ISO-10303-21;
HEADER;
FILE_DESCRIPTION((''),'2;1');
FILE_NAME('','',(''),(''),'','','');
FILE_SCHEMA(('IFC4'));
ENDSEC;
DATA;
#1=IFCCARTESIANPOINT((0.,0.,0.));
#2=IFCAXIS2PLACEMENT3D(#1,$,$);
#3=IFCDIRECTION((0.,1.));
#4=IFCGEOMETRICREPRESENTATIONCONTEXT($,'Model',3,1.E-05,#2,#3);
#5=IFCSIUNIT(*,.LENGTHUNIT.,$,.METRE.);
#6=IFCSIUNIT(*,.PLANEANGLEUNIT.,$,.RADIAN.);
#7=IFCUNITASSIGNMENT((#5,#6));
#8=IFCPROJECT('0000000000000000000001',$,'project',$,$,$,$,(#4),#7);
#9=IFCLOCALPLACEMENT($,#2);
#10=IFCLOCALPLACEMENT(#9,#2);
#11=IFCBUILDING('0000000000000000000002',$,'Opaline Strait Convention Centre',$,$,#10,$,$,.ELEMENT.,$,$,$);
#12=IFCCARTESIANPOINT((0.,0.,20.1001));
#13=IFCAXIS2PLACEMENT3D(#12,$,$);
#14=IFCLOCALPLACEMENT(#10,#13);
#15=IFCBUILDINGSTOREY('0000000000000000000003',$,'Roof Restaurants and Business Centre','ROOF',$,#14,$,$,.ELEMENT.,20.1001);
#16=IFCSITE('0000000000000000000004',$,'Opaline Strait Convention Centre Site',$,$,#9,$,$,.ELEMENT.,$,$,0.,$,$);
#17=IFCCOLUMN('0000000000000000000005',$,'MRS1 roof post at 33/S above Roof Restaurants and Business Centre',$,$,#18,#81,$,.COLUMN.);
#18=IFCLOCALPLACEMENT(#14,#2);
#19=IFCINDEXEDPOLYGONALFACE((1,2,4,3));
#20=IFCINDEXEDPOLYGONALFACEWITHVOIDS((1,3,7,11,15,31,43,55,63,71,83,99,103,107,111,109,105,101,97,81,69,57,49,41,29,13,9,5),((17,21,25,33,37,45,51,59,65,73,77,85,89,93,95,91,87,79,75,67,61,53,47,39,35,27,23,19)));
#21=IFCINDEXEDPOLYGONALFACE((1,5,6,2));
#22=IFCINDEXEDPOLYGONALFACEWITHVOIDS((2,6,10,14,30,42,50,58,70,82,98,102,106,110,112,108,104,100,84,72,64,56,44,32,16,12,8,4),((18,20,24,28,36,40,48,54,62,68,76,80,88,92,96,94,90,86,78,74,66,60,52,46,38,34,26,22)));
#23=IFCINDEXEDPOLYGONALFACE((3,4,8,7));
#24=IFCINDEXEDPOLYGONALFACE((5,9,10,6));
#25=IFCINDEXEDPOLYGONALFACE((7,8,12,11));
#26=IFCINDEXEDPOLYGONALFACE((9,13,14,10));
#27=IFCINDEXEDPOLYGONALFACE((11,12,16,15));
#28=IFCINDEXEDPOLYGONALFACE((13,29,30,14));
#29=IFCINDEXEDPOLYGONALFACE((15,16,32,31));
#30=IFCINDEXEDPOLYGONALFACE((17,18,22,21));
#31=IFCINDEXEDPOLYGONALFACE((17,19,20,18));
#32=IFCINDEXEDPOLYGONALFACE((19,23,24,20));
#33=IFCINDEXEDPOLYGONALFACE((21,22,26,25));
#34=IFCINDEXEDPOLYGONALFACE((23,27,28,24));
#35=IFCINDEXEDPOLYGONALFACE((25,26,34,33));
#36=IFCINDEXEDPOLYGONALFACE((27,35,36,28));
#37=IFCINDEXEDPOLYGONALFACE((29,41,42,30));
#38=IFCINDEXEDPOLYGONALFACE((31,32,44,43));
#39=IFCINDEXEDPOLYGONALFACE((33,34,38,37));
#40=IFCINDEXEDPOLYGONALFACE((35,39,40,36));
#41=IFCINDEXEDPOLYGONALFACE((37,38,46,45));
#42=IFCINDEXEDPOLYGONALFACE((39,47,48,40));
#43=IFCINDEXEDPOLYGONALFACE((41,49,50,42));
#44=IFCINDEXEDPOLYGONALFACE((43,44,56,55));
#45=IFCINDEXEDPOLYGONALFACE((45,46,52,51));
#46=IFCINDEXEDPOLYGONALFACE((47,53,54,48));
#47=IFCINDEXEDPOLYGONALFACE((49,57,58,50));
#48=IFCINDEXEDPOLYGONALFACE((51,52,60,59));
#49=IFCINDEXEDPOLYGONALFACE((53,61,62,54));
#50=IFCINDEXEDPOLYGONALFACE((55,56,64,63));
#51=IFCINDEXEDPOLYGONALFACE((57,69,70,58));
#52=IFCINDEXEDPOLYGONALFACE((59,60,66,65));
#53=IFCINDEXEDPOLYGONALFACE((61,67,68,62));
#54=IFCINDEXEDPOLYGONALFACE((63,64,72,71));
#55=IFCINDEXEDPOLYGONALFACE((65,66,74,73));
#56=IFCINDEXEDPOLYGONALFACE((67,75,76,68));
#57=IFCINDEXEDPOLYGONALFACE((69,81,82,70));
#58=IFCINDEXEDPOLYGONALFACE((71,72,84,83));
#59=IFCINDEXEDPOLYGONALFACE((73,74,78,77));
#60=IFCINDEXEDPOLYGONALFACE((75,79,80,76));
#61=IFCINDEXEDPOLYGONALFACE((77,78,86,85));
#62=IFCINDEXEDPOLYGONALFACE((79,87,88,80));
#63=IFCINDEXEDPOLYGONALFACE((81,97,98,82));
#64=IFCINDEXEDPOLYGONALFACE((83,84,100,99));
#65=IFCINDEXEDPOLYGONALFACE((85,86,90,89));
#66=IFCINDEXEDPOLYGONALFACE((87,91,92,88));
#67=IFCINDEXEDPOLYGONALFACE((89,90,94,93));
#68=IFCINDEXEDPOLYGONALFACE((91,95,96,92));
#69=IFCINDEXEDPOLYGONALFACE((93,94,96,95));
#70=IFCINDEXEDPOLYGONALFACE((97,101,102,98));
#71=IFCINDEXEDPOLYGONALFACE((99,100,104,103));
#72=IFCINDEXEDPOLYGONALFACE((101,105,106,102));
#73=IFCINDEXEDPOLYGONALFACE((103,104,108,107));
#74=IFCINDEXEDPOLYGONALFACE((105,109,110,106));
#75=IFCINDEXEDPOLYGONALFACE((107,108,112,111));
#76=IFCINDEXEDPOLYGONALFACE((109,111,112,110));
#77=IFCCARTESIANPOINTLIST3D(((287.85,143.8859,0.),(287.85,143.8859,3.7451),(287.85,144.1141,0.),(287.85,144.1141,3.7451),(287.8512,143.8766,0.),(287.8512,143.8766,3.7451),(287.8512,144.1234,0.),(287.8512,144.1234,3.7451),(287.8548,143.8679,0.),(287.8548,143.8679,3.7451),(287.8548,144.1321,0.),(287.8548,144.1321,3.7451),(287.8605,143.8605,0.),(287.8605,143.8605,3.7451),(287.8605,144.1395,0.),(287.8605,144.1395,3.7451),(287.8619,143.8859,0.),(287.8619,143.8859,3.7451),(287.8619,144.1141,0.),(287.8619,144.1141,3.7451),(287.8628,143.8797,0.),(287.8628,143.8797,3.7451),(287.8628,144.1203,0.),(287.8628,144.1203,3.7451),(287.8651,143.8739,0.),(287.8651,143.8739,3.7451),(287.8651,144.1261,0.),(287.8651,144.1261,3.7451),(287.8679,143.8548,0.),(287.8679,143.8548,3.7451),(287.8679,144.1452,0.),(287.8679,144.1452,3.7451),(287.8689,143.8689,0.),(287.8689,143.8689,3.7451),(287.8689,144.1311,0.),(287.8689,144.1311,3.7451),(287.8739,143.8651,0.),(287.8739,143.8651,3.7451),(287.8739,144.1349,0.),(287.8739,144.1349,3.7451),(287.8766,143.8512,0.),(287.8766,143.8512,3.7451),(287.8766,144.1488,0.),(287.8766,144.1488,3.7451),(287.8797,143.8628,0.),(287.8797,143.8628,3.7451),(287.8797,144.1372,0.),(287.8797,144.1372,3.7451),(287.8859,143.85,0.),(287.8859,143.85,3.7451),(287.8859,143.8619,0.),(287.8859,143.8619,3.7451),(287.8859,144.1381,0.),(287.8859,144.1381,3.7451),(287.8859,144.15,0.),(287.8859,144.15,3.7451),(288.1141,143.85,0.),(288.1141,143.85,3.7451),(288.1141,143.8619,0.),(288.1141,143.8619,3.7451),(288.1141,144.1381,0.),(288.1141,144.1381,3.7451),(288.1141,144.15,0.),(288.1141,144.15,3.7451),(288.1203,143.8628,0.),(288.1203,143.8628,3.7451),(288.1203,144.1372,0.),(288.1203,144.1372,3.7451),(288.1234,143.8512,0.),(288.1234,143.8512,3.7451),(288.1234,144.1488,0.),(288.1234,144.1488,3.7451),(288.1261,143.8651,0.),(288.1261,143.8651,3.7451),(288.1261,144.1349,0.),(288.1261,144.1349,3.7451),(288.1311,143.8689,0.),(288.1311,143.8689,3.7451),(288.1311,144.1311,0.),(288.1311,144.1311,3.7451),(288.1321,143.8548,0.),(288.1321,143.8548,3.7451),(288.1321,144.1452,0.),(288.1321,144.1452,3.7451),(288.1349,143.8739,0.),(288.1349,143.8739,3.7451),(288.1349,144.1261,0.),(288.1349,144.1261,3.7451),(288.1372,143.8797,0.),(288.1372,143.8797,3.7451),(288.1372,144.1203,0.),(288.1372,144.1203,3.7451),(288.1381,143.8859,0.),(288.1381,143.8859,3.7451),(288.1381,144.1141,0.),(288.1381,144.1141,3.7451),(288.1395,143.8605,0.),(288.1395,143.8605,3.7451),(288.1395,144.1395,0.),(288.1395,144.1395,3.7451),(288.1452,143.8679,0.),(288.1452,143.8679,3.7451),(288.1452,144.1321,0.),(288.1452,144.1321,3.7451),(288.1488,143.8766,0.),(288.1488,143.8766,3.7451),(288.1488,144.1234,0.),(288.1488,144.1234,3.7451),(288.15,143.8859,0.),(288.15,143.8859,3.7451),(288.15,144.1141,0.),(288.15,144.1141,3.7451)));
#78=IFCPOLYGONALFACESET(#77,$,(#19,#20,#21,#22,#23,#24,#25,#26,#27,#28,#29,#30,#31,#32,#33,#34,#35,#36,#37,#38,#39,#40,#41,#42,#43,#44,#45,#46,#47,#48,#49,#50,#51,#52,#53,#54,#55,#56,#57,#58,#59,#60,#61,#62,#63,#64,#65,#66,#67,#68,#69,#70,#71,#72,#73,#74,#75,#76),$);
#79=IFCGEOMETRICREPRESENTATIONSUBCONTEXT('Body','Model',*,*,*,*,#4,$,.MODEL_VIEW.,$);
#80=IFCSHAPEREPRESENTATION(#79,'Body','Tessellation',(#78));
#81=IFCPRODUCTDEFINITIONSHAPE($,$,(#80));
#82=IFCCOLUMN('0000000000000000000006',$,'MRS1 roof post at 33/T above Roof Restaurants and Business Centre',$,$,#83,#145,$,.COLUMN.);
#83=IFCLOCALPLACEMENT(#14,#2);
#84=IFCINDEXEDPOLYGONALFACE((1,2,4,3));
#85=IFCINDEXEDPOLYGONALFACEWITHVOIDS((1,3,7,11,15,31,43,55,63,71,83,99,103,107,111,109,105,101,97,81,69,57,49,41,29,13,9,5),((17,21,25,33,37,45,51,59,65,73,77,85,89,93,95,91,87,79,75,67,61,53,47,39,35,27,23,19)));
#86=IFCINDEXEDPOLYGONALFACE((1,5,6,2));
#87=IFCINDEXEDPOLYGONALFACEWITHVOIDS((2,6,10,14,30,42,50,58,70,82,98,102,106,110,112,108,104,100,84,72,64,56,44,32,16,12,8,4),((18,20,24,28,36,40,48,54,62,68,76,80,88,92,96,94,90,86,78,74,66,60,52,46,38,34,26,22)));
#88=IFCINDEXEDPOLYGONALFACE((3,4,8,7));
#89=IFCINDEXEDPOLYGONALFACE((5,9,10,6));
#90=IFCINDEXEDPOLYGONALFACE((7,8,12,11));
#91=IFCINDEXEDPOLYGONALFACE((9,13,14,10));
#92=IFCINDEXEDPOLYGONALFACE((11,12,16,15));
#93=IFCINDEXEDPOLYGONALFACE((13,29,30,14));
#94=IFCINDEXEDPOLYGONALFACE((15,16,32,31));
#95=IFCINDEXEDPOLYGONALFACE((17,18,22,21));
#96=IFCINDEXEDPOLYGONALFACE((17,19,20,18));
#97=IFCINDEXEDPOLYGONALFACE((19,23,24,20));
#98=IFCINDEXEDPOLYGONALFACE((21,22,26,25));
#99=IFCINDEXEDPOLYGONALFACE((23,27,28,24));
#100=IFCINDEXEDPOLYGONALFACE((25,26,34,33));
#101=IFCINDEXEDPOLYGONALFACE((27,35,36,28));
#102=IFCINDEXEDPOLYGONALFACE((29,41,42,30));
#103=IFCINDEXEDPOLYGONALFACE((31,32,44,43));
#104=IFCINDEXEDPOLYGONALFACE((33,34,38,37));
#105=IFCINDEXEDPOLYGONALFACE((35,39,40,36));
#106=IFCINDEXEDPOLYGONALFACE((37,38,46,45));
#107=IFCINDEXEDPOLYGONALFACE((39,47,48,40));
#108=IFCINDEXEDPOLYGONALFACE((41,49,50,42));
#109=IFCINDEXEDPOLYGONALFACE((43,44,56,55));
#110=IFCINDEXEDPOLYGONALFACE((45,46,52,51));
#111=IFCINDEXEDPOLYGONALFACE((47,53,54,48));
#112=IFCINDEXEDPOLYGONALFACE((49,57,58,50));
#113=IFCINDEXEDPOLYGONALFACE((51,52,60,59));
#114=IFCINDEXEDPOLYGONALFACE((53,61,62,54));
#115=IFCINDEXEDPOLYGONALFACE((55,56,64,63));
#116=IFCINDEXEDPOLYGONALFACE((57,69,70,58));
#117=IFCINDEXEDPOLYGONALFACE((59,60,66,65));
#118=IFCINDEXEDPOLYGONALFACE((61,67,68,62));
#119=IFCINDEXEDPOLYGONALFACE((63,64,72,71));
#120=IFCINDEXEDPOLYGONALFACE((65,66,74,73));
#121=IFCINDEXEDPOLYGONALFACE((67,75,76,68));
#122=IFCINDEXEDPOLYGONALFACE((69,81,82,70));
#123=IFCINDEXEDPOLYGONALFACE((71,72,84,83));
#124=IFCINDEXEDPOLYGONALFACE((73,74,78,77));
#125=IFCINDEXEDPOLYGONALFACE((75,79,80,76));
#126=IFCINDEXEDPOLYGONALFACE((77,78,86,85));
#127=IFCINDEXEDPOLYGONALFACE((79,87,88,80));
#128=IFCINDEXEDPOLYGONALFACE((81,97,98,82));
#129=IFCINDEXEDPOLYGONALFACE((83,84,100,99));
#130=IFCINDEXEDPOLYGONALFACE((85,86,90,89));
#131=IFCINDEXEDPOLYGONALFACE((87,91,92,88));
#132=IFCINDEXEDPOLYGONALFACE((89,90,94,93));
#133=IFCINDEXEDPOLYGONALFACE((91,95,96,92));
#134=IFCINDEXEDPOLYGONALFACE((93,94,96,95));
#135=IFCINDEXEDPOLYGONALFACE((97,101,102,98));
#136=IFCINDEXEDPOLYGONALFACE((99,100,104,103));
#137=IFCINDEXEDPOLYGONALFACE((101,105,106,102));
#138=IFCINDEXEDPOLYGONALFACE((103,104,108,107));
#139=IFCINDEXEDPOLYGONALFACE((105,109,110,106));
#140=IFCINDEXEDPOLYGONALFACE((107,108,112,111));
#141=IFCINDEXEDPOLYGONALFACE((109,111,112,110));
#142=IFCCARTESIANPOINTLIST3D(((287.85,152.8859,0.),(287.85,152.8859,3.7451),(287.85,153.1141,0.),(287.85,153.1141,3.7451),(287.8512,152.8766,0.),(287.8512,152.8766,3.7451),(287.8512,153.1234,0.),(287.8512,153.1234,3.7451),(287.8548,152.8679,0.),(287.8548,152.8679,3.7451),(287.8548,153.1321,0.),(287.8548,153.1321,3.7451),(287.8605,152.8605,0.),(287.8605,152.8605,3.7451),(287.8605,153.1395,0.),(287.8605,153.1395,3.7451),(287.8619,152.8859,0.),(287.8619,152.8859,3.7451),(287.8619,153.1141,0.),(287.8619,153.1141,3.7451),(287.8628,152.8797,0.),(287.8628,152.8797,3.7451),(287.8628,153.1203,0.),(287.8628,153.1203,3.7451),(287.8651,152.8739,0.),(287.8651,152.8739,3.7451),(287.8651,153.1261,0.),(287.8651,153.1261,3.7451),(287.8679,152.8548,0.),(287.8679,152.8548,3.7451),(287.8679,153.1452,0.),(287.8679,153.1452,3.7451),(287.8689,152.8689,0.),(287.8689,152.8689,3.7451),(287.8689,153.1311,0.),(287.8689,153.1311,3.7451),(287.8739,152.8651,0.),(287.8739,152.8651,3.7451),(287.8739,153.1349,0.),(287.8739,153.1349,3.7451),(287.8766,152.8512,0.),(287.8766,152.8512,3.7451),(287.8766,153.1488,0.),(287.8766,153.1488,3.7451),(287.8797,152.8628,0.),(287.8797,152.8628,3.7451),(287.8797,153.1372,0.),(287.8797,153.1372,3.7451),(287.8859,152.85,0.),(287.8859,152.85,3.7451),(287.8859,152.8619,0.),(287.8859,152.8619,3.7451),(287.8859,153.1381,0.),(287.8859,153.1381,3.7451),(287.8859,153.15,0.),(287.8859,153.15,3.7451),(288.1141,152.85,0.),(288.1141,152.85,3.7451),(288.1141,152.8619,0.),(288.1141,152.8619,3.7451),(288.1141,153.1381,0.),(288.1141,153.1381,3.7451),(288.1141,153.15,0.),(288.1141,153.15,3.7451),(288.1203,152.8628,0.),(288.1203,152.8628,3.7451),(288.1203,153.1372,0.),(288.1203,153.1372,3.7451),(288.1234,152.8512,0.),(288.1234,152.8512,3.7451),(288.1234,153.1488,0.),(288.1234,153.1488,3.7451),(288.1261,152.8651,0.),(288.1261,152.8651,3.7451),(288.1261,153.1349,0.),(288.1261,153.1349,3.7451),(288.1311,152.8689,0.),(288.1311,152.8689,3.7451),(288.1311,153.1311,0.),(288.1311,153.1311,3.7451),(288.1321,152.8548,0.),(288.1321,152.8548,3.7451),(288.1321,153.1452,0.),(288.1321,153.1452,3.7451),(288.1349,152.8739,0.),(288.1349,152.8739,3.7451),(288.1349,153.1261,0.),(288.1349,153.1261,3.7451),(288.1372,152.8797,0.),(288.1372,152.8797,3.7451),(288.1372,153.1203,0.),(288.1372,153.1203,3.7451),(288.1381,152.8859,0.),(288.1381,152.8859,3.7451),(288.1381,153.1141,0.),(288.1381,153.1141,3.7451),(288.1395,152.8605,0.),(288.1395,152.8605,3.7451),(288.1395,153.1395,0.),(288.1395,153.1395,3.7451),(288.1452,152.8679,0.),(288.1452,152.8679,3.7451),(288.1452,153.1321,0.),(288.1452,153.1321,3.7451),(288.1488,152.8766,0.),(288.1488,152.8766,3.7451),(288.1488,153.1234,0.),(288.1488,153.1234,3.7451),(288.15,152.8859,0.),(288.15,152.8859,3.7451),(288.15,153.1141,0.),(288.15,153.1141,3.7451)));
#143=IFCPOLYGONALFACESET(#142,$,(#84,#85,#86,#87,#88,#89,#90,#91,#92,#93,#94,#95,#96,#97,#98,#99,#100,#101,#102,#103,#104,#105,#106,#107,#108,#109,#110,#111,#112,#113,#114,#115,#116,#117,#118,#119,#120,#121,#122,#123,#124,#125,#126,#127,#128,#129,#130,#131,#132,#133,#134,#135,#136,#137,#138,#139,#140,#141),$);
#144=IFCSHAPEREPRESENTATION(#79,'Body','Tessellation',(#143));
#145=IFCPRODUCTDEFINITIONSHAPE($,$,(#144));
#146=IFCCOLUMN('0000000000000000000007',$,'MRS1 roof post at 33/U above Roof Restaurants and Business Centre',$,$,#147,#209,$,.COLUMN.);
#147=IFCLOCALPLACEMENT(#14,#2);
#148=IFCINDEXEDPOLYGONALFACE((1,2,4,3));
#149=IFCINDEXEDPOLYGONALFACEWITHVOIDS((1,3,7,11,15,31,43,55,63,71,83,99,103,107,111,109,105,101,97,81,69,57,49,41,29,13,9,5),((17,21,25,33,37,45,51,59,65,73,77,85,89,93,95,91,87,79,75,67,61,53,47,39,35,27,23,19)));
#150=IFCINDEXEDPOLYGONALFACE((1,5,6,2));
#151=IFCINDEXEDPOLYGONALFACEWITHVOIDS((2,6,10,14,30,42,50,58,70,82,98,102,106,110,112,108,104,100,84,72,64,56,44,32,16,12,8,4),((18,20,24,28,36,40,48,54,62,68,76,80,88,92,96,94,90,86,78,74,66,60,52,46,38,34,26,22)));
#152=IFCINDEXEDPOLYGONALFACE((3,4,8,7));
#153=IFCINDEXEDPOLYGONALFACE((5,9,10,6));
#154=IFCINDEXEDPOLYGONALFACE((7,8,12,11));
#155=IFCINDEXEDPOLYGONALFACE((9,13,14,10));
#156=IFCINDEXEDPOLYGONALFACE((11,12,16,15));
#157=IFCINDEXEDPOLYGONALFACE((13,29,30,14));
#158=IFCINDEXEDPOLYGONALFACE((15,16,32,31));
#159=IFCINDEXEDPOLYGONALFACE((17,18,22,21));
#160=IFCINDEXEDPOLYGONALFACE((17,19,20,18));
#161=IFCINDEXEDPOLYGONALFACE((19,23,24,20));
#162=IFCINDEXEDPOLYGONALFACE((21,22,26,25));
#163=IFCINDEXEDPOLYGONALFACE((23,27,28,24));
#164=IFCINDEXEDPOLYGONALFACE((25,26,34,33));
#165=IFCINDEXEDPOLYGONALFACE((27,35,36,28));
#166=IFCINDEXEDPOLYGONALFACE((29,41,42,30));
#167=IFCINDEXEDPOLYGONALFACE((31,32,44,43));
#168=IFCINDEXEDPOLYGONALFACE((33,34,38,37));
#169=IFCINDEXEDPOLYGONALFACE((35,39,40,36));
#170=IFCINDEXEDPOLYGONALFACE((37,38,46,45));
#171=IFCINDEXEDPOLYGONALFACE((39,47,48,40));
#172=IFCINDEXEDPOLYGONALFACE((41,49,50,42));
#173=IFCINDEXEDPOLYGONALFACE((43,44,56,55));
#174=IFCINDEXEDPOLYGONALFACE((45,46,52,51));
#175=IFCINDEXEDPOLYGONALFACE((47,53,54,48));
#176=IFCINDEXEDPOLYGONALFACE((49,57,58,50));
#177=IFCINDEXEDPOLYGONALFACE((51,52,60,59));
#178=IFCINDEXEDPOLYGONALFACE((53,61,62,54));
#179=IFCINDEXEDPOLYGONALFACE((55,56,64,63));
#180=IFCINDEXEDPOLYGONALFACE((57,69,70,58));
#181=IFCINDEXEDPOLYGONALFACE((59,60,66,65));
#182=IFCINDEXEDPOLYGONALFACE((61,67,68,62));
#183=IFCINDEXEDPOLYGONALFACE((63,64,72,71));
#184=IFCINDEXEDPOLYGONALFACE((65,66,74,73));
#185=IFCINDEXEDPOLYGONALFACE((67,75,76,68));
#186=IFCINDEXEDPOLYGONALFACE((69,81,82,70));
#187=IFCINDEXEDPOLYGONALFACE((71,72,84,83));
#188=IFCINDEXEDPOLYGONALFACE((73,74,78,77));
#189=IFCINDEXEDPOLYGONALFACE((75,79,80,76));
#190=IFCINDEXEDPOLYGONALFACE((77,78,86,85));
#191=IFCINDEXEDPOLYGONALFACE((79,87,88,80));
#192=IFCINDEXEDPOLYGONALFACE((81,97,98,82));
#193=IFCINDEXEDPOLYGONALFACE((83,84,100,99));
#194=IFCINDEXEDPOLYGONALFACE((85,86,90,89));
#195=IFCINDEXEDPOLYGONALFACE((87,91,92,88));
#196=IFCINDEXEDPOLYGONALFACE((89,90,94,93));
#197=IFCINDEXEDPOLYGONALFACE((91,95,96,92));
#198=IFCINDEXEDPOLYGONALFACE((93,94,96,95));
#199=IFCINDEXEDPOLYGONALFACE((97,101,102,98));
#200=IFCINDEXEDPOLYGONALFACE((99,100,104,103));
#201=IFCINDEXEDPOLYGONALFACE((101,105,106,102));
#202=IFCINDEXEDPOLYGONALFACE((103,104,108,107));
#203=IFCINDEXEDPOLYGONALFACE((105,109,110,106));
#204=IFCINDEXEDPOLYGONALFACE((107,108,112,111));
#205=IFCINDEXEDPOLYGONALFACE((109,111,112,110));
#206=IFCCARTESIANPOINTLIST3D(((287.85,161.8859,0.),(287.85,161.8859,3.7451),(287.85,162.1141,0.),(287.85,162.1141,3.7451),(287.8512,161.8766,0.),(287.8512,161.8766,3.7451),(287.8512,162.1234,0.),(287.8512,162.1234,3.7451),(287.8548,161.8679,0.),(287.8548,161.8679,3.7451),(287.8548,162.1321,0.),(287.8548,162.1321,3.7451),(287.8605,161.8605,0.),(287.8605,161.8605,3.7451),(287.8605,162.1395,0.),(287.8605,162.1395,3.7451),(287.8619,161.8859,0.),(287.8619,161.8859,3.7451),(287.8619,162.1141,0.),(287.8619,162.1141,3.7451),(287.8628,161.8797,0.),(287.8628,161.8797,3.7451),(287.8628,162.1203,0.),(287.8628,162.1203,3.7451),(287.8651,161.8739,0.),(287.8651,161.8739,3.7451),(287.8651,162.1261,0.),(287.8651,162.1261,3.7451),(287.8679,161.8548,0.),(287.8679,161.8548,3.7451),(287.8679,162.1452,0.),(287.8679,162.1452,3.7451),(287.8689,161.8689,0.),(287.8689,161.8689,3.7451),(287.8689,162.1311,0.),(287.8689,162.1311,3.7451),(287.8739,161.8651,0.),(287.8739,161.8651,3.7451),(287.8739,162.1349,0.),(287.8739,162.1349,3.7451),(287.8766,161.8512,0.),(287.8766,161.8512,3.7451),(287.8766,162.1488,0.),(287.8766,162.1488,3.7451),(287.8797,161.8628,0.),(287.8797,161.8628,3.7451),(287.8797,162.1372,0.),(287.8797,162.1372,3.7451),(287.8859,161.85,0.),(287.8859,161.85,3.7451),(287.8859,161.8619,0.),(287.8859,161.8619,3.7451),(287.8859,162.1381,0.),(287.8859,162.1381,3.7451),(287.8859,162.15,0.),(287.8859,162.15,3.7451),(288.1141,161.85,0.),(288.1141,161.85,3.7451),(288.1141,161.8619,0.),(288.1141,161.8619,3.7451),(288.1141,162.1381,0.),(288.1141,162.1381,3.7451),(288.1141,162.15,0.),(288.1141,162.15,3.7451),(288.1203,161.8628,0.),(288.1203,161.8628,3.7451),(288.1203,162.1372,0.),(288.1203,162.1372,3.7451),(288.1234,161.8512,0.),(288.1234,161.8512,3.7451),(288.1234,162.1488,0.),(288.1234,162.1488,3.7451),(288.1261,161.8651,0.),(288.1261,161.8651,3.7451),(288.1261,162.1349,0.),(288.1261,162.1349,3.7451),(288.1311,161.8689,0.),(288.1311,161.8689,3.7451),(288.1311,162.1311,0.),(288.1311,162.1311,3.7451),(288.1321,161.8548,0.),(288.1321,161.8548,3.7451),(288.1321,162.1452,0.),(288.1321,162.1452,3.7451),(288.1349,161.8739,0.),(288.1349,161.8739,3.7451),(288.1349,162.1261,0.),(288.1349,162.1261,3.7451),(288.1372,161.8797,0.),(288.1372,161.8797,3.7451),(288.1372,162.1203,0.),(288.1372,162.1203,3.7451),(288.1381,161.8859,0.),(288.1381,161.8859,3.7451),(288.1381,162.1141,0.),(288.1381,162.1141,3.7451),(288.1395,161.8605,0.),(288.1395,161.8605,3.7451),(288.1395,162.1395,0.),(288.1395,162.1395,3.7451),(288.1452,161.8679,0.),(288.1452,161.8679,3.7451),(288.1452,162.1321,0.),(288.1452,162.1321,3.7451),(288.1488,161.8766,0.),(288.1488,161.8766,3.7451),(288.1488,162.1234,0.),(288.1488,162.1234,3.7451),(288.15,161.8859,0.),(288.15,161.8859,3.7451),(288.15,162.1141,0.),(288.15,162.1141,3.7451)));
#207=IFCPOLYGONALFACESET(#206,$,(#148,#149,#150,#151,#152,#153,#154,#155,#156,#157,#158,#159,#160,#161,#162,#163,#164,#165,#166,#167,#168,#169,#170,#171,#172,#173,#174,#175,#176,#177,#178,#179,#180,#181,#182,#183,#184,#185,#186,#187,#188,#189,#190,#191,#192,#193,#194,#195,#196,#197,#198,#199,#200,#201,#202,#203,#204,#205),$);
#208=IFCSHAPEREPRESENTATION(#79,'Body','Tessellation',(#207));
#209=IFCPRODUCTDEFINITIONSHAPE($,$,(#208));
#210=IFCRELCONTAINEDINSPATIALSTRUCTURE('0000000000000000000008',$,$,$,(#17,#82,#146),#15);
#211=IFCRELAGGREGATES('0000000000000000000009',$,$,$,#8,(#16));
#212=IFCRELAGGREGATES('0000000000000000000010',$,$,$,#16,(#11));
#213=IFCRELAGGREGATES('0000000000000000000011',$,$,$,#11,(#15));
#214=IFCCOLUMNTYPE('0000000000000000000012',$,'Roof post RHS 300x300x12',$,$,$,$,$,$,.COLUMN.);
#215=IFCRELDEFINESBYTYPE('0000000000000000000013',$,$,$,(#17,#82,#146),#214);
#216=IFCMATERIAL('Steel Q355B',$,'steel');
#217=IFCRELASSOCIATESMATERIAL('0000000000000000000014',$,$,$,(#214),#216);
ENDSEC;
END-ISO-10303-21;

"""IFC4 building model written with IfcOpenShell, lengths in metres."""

from ifc_helpers import new_model, si_unit, direction, frame, origin, origin_2d, place, context, subcontext, project, spatial, hollow_rectangle, extrude, material, material_profile, profile_set, type_object, element, save


model = new_model("IFC4")

# Units and contexts
model_context = context("Model", 3, precision=1e-05, world=origin(), true_north=direction((0.0, 1.0)))
body_context = subcontext(model_context, "Body", "Model", "MODEL_VIEW")
ifc_project = project(units=[si_unit("LENGTHUNIT", "METRE"), si_unit("PLANEANGLEUNIT", "RADIAN")], contexts=[model_context])

# Site, building, storey
site_placement = place(None, origin())
site = spatial("IfcSite", under=ifc_project, at=site_placement, Name="Opaline Strait Convention Centre Site", CompositionType="ELEMENT", RefElevation=0.0)
building_placement = place(site_placement, origin())
building = spatial("IfcBuilding", under=site, at=building_placement, Name="Opaline Strait Convention Centre", CompositionType="ELEMENT")
storey_placement = place(building_placement, frame((0.0, 0.0, 20.1001)))
storey = spatial("IfcBuildingStorey", under=building, at=storey_placement, Name="Roof Restaurants and Business Centre", Description="ROOF", CompositionType="ELEMENT", Elevation=20.1001)

# Columns
ifc_material_1 = material(Name="Steel Q355B", Category="steel")
ifc_material_profile_1 = material_profile(ifc_material_1, hollow_rectangle(XDim=0.3, YDim=0.3, WallThickness=0.012, InnerFilletRadius=0.0239, OuterFilletRadius=0.0359, at=origin_2d()), Name="RHS 300x300x12")
ifc_profile_set_1 = profile_set([ifc_material_profile_1], Name="Steel Q355B")
column_type_1 = type_object("IfcColumnType", Name="Roof post RHS 300x300x12", PredefinedType="COLUMN", material=ifc_profile_set_1)
for number, where, z_axis, x_axis, name in (
    (1, (288.0, 144.0, 0.0), (0.0, 0.0, 1.0), (1.0, 0.0, 0.0), "MRS1 roof post at 33/S above Roof Restaurants and Business Centre"),
    (2, (288.0, 153.0, 0.0), (0.0, 0.0, 1.0), (1.0, 0.0, 0.0), "MRS1 roof post at 33/T above Roof Restaurants and Business Centre"),
    (3, (288.0, 162.0, 0.0), (0.0, 0.0, 1.0), (1.0, 0.0, 0.0), "MRS1 roof post at 33/U above Roof Restaurants and Business Centre"),
):
    element("IfcColumn", number, at=place(storey_placement, frame(where, z_axis=z_axis, x_axis=x_axis)), inside=storey, type_object=column_type_1, Name=name, PredefinedType="COLUMN", context=body_context, shape_type="SweptSolid", body=[
        extrude(hollow_rectangle(XDim=0.3, YDim=0.3, WallThickness=0.012, InnerFilletRadius=0.0239, OuterFilletRadius=0.0359, at=origin_2d()), origin(), (0.0, 0.0, 1.0), 3.7451),
    ])

save(model, "model.ifc")
